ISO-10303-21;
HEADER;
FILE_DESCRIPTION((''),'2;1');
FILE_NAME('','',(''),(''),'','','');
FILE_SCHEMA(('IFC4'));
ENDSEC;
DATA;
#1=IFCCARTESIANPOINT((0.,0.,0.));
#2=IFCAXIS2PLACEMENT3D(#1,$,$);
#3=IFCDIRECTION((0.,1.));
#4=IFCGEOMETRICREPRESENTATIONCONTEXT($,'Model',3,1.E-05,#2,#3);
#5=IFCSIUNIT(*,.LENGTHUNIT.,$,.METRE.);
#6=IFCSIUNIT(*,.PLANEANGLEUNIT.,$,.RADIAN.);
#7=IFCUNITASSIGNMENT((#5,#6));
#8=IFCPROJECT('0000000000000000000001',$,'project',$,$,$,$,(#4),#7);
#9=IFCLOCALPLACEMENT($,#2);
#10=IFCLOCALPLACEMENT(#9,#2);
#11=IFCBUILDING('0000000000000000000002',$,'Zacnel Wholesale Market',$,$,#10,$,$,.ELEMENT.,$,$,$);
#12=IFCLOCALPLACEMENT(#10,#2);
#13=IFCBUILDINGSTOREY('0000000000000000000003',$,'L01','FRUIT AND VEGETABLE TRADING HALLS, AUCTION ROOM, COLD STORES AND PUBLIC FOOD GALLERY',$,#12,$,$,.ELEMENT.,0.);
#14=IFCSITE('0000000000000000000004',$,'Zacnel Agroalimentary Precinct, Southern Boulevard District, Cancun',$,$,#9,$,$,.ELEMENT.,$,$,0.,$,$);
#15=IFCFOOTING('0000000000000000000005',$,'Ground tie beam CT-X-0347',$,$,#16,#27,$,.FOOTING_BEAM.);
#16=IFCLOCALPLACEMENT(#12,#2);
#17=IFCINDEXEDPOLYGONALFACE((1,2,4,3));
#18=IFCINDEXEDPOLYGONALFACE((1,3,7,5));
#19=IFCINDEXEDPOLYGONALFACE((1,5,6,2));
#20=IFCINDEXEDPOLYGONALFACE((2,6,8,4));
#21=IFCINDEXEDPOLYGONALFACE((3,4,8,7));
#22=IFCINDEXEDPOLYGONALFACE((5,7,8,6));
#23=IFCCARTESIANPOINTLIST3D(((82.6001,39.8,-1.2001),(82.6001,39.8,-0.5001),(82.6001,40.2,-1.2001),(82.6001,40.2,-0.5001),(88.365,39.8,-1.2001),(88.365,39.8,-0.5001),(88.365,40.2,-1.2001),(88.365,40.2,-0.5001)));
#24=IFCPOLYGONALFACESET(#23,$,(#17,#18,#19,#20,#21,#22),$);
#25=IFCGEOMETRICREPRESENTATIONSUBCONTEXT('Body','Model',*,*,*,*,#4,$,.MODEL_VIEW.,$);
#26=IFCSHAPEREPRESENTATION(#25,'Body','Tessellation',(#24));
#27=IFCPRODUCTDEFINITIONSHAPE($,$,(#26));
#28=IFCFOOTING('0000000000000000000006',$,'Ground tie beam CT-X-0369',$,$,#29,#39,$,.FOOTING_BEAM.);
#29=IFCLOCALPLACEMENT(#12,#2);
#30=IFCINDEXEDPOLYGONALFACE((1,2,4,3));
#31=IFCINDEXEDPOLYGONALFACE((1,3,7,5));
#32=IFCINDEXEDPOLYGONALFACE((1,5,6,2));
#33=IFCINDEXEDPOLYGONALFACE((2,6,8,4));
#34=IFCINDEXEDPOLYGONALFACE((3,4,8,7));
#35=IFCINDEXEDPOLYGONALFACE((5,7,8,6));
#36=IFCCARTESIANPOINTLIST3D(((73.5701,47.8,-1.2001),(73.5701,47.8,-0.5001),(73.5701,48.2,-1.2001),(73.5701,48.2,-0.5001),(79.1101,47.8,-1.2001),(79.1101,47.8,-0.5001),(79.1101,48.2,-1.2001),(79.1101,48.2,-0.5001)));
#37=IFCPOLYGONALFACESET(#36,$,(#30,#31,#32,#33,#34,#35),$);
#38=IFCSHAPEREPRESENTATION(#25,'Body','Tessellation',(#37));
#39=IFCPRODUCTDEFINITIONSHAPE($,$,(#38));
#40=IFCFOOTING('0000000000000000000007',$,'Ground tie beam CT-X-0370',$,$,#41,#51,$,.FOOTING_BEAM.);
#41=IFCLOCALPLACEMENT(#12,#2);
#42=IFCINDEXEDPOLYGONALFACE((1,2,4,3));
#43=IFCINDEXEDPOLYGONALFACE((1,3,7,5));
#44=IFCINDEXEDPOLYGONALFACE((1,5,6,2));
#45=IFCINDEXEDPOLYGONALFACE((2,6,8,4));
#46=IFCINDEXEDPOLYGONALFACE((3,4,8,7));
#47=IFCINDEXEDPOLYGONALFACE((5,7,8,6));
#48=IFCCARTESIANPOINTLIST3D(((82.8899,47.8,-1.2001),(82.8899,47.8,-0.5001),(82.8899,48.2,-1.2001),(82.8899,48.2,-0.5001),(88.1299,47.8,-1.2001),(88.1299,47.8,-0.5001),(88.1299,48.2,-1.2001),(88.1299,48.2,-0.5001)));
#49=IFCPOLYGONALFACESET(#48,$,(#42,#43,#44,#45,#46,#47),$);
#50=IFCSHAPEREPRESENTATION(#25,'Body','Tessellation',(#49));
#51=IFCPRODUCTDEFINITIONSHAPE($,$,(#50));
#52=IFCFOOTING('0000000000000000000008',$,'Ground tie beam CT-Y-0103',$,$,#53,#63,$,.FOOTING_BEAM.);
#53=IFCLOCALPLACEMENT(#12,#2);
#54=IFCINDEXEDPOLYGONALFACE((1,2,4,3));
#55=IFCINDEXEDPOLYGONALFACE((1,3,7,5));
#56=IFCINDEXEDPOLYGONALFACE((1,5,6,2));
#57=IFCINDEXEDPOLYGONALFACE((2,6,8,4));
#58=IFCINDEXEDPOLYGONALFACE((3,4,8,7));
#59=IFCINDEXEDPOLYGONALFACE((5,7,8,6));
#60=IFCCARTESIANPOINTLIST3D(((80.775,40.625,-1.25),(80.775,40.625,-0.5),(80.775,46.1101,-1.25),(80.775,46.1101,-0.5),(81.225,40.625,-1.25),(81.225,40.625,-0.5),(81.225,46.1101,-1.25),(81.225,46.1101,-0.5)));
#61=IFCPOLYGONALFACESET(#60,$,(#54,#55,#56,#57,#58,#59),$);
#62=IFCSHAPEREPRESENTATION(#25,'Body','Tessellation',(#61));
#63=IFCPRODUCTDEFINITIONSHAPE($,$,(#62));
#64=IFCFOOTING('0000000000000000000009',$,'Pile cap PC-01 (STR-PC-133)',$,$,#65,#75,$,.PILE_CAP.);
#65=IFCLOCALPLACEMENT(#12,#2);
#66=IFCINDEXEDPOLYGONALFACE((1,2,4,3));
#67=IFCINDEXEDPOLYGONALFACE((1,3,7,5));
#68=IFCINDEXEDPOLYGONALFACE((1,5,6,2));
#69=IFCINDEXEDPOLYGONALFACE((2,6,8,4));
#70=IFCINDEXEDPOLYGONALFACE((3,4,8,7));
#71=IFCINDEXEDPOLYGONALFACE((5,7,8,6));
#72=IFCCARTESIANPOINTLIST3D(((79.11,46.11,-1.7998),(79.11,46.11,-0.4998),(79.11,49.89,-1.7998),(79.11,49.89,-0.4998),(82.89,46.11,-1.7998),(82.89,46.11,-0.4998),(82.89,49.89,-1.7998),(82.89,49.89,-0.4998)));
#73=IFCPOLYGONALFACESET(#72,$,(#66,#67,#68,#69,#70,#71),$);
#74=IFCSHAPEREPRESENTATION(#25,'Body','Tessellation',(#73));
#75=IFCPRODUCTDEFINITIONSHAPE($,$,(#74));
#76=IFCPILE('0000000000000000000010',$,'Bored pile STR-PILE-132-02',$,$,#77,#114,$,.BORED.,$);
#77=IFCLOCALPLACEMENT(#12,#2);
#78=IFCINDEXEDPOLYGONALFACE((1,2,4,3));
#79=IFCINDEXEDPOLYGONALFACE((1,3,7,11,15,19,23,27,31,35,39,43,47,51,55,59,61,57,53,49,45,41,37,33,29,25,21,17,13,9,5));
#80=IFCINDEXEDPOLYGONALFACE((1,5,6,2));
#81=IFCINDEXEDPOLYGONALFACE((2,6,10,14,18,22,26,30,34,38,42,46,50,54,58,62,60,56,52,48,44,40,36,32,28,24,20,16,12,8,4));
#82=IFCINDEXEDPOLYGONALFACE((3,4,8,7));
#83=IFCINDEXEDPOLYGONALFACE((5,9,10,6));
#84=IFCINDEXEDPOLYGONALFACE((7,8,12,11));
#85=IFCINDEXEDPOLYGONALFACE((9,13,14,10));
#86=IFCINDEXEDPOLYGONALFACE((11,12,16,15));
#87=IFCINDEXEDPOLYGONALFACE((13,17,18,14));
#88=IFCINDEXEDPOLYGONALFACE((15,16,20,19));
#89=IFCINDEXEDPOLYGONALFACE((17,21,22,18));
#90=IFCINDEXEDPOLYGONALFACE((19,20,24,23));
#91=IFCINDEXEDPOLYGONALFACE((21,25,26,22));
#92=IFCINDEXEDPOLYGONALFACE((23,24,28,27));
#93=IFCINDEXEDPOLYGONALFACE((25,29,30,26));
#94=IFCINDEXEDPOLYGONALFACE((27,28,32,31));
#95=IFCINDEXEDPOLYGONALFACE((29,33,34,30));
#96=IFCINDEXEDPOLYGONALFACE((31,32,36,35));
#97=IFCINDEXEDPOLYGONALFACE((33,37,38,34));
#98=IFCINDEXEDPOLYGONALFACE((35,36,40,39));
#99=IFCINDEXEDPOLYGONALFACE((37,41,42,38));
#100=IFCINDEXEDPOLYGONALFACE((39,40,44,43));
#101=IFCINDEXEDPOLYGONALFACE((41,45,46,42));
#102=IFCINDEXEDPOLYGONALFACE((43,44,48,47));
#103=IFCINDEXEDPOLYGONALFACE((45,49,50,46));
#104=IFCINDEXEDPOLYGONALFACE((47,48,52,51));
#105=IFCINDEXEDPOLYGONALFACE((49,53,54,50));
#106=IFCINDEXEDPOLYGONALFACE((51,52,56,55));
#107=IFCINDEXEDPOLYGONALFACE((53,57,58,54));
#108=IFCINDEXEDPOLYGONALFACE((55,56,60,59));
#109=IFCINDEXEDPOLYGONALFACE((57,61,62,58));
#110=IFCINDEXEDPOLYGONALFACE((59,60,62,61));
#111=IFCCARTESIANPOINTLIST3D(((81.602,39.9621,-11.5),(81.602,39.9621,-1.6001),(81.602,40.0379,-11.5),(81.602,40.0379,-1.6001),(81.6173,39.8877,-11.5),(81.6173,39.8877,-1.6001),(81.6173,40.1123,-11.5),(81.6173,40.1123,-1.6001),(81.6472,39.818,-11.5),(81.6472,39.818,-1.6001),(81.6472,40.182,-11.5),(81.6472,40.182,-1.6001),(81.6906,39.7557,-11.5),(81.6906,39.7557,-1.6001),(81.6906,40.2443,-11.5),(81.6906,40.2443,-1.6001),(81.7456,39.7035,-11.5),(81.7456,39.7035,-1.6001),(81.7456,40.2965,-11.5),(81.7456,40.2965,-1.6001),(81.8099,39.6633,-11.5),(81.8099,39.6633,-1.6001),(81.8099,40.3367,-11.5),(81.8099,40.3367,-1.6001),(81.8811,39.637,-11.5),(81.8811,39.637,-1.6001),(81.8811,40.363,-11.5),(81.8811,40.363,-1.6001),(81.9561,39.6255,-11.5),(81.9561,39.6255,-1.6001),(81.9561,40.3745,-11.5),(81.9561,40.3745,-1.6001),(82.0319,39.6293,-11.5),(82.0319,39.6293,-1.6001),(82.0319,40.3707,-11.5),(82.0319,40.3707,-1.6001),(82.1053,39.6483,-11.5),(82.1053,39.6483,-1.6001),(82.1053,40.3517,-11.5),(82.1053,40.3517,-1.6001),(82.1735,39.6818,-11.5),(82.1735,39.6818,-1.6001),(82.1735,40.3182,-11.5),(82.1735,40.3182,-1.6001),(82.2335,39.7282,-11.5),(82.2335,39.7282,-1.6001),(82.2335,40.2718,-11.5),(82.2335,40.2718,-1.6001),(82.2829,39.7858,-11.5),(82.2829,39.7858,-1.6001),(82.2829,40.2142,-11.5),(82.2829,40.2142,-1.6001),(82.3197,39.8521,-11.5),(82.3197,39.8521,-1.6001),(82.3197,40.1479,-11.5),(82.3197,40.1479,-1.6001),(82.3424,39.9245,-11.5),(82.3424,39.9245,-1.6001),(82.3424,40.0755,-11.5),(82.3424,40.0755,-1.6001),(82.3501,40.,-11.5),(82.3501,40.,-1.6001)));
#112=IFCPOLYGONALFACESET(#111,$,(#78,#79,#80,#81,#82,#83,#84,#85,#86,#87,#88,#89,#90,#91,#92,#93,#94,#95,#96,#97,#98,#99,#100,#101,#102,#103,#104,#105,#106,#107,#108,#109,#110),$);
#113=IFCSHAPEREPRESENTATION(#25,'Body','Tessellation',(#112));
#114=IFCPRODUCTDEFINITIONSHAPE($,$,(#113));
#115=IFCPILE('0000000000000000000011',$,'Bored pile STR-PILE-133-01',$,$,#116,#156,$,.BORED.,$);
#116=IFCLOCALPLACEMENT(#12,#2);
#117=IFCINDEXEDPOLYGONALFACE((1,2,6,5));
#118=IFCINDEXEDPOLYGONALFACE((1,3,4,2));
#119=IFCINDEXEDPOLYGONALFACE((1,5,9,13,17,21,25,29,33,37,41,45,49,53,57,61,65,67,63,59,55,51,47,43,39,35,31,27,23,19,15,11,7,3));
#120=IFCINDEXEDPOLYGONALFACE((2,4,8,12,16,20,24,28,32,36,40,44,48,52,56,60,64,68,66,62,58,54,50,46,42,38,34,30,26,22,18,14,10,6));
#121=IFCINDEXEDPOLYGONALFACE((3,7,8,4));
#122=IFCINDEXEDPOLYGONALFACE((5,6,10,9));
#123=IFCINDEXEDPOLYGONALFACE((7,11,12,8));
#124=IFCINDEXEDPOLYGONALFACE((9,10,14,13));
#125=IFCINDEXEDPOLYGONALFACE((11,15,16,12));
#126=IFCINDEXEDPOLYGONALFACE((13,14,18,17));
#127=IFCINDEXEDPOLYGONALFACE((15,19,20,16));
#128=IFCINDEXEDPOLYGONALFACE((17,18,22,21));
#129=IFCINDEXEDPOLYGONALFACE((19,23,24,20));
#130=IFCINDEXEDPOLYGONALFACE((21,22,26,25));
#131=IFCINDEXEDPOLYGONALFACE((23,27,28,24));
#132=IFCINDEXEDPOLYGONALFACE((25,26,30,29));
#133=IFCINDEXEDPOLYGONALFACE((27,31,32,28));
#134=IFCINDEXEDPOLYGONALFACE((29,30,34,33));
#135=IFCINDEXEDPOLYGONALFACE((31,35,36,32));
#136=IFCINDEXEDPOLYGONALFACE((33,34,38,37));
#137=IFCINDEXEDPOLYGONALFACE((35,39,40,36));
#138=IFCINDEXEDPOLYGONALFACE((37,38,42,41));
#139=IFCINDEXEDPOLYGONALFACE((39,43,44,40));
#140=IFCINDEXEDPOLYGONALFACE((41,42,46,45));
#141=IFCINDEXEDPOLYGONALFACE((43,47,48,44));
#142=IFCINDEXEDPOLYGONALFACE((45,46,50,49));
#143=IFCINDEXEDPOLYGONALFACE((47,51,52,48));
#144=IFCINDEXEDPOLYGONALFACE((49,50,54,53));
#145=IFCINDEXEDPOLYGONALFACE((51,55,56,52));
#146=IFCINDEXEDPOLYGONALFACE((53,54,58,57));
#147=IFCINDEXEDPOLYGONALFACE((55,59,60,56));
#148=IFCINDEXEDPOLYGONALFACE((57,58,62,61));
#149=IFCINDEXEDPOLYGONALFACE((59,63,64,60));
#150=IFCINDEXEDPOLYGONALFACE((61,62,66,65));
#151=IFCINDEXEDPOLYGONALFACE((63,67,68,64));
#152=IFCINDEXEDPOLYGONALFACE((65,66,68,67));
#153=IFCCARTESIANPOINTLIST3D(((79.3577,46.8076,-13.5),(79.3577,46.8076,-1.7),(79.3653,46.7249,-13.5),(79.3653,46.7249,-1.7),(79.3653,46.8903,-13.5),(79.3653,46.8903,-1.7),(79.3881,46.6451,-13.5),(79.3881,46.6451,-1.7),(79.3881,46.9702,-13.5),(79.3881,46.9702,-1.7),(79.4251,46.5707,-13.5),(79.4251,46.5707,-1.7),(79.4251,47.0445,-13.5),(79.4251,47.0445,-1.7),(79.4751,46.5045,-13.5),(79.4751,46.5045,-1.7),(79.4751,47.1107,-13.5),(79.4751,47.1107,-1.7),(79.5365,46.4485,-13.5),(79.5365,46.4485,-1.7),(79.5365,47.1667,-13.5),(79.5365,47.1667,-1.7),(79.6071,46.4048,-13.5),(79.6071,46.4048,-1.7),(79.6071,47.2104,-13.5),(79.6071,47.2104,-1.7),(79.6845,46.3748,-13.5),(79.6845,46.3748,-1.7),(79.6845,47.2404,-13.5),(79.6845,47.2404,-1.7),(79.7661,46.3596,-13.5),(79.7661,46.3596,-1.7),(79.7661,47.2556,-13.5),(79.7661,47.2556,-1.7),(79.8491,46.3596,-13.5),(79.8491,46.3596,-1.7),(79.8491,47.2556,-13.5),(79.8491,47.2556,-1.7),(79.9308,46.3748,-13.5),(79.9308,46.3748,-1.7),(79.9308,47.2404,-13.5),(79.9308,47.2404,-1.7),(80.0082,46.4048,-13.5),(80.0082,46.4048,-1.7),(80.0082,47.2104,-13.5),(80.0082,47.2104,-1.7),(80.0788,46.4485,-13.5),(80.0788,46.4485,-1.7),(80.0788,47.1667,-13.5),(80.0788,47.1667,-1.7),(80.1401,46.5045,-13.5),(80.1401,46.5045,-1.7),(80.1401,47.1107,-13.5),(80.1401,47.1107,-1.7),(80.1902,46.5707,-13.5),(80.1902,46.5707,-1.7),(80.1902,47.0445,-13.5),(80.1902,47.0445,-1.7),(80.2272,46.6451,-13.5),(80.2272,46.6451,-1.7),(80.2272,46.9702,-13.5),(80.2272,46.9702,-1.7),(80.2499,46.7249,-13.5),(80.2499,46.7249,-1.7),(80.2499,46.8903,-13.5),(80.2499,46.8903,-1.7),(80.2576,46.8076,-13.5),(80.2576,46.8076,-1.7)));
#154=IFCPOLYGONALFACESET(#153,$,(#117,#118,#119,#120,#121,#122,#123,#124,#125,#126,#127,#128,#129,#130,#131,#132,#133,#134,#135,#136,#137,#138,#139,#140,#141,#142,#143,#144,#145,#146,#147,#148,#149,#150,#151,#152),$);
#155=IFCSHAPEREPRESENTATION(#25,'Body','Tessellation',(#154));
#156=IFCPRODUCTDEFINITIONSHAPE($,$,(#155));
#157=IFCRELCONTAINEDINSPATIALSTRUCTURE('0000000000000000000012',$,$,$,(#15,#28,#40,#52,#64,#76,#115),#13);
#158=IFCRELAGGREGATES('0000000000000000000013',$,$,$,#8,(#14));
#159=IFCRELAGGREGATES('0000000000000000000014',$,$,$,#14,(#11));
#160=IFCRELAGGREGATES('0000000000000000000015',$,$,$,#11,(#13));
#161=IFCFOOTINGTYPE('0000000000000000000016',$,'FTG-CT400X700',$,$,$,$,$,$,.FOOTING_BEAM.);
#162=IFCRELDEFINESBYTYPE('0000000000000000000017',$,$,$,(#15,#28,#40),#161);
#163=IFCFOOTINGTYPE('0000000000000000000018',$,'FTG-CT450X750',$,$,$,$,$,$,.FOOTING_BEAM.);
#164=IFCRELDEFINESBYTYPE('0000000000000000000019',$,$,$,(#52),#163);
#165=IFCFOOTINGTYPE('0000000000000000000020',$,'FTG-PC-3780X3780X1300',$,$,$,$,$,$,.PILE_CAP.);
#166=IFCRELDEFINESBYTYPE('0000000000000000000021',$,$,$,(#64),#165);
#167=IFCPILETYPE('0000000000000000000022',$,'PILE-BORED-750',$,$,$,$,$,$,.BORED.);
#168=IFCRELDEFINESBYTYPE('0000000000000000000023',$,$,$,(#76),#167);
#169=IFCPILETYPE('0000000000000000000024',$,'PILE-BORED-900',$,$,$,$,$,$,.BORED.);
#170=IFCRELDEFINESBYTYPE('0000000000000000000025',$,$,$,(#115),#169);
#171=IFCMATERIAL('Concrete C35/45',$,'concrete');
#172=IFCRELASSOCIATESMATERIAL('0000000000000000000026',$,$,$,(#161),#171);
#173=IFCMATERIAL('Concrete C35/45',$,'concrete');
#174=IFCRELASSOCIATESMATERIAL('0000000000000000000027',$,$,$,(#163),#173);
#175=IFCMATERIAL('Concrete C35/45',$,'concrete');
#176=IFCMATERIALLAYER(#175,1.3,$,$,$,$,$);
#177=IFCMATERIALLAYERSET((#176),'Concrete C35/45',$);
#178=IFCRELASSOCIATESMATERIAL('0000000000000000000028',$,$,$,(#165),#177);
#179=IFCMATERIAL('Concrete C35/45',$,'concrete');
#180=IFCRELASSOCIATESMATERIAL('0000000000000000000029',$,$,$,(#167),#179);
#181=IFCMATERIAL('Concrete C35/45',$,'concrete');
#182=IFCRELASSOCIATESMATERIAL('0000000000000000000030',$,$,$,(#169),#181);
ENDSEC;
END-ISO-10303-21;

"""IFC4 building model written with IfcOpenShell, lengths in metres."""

from ifc_helpers import new_model, si_unit, direction, frame, origin, origin_2d, place, context, subcontext, project, spatial, rectangle, circle, extrude, material, layer, layer_set, material_profile, profile_set, type_object, element, save


model = new_model("IFC4")

# Units and contexts
model_context = context("Model", 3, precision=1e-05, world=origin(), true_north=direction((0.0, 1.0)))
body_context = subcontext(model_context, "Body", "Model", "MODEL_VIEW")
ifc_project = project(units=[si_unit("LENGTHUNIT", "METRE"), si_unit("PLANEANGLEUNIT", "RADIAN")], contexts=[model_context])

# Site, building, storey
site_placement = place(None, origin())
site = spatial("IfcSite", under=ifc_project, at=site_placement, Name="Zacnel Agroalimentary Precinct, Southern Boulevard District, Cancun", CompositionType="ELEMENT", RefElevation=0.0)
building_placement = place(site_placement, origin())
building = spatial("IfcBuilding", under=site, at=building_placement, Name="Zacnel Wholesale Market", CompositionType="ELEMENT")
storey_placement = place(building_placement, origin())
storey = spatial("IfcBuildingStorey", under=building, at=storey_placement, Name="L01", Description="FRUIT AND VEGETABLE TRADING HALLS, AUCTION ROOM, COLD STORES AND PUBLIC FOOD GALLERY", CompositionType="ELEMENT", Elevation=0.0)

# Footings
ifc_material_1 = material(Name="Concrete C35/45", Category="concrete")
ifc_material_profile_1 = material_profile(ifc_material_1, rectangle(XDim=0.3999, YDim=0.7, at=origin_2d()), Name="CT 400x700")
ifc_profile_set_1 = profile_set([ifc_material_profile_1], Name="Concrete C35/45")
footing_type_1 = type_object("IfcFootingType", Name="FTG-CT400X700", PredefinedType="FOOTING_BEAM", material=ifc_profile_set_1)
footing_1_placement = place(storey_placement, frame((82.6001, 40.0, -0.8501), z_axis=(1.0, 0.0, 0.0), x_axis=(0.0, 1.0, 0.0)))
element("IfcFooting", 1, at=footing_1_placement, inside=storey, type_object=footing_type_1, Name="Ground tie beam CT-X-0347", PredefinedType="FOOTING_BEAM", context=body_context, shape_type="SweptSolid", body=[
    extrude(rectangle(XDim=0.3999, YDim=0.7, at=origin_2d()), origin(), (0.0, 0.0, 1.0), 5.7649),
])
footing_2_placement = place(storey_placement, frame((73.5701, 48.0, -0.8501), z_axis=(1.0, 0.0, 0.0), x_axis=(0.0, 1.0, 0.0)))
element("IfcFooting", 2, at=footing_2_placement, inside=storey, type_object=footing_type_1, Name="Ground tie beam CT-X-0369", PredefinedType="FOOTING_BEAM", context=body_context, shape_type="SweptSolid", body=[
    extrude(rectangle(XDim=0.3999, YDim=0.7, at=origin_2d()), origin(), (0.0, 0.0, 1.0), 5.54),
])
footing_3_placement = place(storey_placement, frame((82.8899, 48.0, -0.8501), z_axis=(1.0, 0.0, 0.0), x_axis=(0.0, 1.0, 0.0)))
element("IfcFooting", 3, at=footing_3_placement, inside=storey, type_object=footing_type_1, Name="Ground tie beam CT-X-0370", PredefinedType="FOOTING_BEAM", context=body_context, shape_type="SweptSolid", body=[
    extrude(rectangle(XDim=0.3999, YDim=0.7, at=origin_2d()), origin(), (0.0, 0.0, 1.0), 5.24),
])
ifc_material_2 = material(Name="Concrete C35/45", Category="concrete")
ifc_material_profile_2 = material_profile(ifc_material_2, rectangle(XDim=0.45, YDim=0.75, at=origin_2d()), Name="CT 450x750")
ifc_profile_set_2 = profile_set([ifc_material_profile_2], Name="Concrete C35/45")
footing_type_2 = type_object("IfcFootingType", Name="FTG-CT450X750", PredefinedType="FOOTING_BEAM", material=ifc_profile_set_2)
footing_4_placement = place(storey_placement, frame((81.0, 40.625, -0.875), z_axis=(0.0, 1.0, 0.0), x_axis=(-1.0, 0.0, 0.0)))
element("IfcFooting", 4, at=footing_4_placement, inside=storey, type_object=footing_type_2, Name="Ground tie beam CT-Y-0103", PredefinedType="FOOTING_BEAM", context=body_context, shape_type="SweptSolid", body=[
    extrude(rectangle(XDim=0.45, YDim=0.75, at=origin_2d()), origin(), (0.0, 0.0, 1.0), 5.4851),
])
ifc_material_3 = material(Name="Concrete C35/45", Category="concrete")
ifc_layer_1 = layer(ifc_material_3, 1.3)
ifc_layer_set_1 = layer_set([ifc_layer_1], Name="Concrete C35/45")
footing_type_3 = type_object("IfcFootingType", Name="FTG-PC-3780X3780X1300", PredefinedType="PILE_CAP", material=ifc_layer_set_1)
footing_5_placement = place(storey_placement, frame((81.0, 48.0, -1.7998), z_axis=(0.0, 0.0, 1.0), x_axis=(1.0, 0.0, 0.0)))
element("IfcFooting", 5, at=footing_5_placement, inside=storey, type_object=footing_type_3, Name="Pile cap PC-01 (STR-PC-133)", PredefinedType="PILE_CAP", context=body_context, shape_type="SweptSolid", body=[
    extrude(rectangle(XDim=3.78, YDim=3.78, at=origin_2d()), origin(), (0.0, 0.0, 1.0), 1.3),
])

# Piles
ifc_material_4 = material(Name="Concrete C35/45", Category="concrete")
ifc_material_profile_3 = material_profile(ifc_material_4, circle(Radius=0.375, at=origin_2d()), Name="BORED PILE D750")
ifc_profile_set_3 = profile_set([ifc_material_profile_3], Name="Concrete C35/45")
pile_type_1 = type_object("IfcPileType", Name="PILE-BORED-750", PredefinedType="BORED", material=ifc_profile_set_3)
pile_1_placement = place(storey_placement, frame((81.9751, 40.0, -1.6001), z_axis=(0.0, 0.0, -1.0), x_axis=(1.0, 0.0, 0.0)))
element("IfcPile", 6, at=pile_1_placement, inside=storey, type_object=pile_type_1, Name="Bored pile STR-PILE-132-02", PredefinedType="BORED", context=body_context, shape_type="SweptSolid", body=[
    extrude(circle(Radius=0.375, at=origin_2d()), origin(), (0.0, 0.0, 1.0), 9.8999),
])
ifc_material_5 = material(Name="Concrete C35/45", Category="concrete")
ifc_material_profile_4 = material_profile(ifc_material_5, circle(Radius=0.45, at=origin_2d()), Name="BORED PILE D900")
ifc_profile_set_4 = profile_set([ifc_material_profile_4], Name="Concrete C35/45")
pile_type_2 = type_object("IfcPileType", Name="PILE-BORED-900", PredefinedType="BORED", material=ifc_profile_set_4)
for number, where, z_axis, x_axis, name in (
    (7, (79.8076, 46.8076, -1.7), (0.0, 0.0, -1.0), (1.0, 0.0, 0.0), "Bored pile STR-PILE-133-01"),
):
    element("IfcPile", number, at=place(storey_placement, frame(where, z_axis=z_axis, x_axis=x_axis)), inside=storey, type_object=pile_type_2, Name=name, PredefinedType="BORED", context=body_context, shape_type="SweptSolid", body=[
        extrude(circle(Radius=0.45, at=origin_2d()), origin(), (0.0, 0.0, 1.0), 11.8),
    ])

save(model, "model.ifc")
